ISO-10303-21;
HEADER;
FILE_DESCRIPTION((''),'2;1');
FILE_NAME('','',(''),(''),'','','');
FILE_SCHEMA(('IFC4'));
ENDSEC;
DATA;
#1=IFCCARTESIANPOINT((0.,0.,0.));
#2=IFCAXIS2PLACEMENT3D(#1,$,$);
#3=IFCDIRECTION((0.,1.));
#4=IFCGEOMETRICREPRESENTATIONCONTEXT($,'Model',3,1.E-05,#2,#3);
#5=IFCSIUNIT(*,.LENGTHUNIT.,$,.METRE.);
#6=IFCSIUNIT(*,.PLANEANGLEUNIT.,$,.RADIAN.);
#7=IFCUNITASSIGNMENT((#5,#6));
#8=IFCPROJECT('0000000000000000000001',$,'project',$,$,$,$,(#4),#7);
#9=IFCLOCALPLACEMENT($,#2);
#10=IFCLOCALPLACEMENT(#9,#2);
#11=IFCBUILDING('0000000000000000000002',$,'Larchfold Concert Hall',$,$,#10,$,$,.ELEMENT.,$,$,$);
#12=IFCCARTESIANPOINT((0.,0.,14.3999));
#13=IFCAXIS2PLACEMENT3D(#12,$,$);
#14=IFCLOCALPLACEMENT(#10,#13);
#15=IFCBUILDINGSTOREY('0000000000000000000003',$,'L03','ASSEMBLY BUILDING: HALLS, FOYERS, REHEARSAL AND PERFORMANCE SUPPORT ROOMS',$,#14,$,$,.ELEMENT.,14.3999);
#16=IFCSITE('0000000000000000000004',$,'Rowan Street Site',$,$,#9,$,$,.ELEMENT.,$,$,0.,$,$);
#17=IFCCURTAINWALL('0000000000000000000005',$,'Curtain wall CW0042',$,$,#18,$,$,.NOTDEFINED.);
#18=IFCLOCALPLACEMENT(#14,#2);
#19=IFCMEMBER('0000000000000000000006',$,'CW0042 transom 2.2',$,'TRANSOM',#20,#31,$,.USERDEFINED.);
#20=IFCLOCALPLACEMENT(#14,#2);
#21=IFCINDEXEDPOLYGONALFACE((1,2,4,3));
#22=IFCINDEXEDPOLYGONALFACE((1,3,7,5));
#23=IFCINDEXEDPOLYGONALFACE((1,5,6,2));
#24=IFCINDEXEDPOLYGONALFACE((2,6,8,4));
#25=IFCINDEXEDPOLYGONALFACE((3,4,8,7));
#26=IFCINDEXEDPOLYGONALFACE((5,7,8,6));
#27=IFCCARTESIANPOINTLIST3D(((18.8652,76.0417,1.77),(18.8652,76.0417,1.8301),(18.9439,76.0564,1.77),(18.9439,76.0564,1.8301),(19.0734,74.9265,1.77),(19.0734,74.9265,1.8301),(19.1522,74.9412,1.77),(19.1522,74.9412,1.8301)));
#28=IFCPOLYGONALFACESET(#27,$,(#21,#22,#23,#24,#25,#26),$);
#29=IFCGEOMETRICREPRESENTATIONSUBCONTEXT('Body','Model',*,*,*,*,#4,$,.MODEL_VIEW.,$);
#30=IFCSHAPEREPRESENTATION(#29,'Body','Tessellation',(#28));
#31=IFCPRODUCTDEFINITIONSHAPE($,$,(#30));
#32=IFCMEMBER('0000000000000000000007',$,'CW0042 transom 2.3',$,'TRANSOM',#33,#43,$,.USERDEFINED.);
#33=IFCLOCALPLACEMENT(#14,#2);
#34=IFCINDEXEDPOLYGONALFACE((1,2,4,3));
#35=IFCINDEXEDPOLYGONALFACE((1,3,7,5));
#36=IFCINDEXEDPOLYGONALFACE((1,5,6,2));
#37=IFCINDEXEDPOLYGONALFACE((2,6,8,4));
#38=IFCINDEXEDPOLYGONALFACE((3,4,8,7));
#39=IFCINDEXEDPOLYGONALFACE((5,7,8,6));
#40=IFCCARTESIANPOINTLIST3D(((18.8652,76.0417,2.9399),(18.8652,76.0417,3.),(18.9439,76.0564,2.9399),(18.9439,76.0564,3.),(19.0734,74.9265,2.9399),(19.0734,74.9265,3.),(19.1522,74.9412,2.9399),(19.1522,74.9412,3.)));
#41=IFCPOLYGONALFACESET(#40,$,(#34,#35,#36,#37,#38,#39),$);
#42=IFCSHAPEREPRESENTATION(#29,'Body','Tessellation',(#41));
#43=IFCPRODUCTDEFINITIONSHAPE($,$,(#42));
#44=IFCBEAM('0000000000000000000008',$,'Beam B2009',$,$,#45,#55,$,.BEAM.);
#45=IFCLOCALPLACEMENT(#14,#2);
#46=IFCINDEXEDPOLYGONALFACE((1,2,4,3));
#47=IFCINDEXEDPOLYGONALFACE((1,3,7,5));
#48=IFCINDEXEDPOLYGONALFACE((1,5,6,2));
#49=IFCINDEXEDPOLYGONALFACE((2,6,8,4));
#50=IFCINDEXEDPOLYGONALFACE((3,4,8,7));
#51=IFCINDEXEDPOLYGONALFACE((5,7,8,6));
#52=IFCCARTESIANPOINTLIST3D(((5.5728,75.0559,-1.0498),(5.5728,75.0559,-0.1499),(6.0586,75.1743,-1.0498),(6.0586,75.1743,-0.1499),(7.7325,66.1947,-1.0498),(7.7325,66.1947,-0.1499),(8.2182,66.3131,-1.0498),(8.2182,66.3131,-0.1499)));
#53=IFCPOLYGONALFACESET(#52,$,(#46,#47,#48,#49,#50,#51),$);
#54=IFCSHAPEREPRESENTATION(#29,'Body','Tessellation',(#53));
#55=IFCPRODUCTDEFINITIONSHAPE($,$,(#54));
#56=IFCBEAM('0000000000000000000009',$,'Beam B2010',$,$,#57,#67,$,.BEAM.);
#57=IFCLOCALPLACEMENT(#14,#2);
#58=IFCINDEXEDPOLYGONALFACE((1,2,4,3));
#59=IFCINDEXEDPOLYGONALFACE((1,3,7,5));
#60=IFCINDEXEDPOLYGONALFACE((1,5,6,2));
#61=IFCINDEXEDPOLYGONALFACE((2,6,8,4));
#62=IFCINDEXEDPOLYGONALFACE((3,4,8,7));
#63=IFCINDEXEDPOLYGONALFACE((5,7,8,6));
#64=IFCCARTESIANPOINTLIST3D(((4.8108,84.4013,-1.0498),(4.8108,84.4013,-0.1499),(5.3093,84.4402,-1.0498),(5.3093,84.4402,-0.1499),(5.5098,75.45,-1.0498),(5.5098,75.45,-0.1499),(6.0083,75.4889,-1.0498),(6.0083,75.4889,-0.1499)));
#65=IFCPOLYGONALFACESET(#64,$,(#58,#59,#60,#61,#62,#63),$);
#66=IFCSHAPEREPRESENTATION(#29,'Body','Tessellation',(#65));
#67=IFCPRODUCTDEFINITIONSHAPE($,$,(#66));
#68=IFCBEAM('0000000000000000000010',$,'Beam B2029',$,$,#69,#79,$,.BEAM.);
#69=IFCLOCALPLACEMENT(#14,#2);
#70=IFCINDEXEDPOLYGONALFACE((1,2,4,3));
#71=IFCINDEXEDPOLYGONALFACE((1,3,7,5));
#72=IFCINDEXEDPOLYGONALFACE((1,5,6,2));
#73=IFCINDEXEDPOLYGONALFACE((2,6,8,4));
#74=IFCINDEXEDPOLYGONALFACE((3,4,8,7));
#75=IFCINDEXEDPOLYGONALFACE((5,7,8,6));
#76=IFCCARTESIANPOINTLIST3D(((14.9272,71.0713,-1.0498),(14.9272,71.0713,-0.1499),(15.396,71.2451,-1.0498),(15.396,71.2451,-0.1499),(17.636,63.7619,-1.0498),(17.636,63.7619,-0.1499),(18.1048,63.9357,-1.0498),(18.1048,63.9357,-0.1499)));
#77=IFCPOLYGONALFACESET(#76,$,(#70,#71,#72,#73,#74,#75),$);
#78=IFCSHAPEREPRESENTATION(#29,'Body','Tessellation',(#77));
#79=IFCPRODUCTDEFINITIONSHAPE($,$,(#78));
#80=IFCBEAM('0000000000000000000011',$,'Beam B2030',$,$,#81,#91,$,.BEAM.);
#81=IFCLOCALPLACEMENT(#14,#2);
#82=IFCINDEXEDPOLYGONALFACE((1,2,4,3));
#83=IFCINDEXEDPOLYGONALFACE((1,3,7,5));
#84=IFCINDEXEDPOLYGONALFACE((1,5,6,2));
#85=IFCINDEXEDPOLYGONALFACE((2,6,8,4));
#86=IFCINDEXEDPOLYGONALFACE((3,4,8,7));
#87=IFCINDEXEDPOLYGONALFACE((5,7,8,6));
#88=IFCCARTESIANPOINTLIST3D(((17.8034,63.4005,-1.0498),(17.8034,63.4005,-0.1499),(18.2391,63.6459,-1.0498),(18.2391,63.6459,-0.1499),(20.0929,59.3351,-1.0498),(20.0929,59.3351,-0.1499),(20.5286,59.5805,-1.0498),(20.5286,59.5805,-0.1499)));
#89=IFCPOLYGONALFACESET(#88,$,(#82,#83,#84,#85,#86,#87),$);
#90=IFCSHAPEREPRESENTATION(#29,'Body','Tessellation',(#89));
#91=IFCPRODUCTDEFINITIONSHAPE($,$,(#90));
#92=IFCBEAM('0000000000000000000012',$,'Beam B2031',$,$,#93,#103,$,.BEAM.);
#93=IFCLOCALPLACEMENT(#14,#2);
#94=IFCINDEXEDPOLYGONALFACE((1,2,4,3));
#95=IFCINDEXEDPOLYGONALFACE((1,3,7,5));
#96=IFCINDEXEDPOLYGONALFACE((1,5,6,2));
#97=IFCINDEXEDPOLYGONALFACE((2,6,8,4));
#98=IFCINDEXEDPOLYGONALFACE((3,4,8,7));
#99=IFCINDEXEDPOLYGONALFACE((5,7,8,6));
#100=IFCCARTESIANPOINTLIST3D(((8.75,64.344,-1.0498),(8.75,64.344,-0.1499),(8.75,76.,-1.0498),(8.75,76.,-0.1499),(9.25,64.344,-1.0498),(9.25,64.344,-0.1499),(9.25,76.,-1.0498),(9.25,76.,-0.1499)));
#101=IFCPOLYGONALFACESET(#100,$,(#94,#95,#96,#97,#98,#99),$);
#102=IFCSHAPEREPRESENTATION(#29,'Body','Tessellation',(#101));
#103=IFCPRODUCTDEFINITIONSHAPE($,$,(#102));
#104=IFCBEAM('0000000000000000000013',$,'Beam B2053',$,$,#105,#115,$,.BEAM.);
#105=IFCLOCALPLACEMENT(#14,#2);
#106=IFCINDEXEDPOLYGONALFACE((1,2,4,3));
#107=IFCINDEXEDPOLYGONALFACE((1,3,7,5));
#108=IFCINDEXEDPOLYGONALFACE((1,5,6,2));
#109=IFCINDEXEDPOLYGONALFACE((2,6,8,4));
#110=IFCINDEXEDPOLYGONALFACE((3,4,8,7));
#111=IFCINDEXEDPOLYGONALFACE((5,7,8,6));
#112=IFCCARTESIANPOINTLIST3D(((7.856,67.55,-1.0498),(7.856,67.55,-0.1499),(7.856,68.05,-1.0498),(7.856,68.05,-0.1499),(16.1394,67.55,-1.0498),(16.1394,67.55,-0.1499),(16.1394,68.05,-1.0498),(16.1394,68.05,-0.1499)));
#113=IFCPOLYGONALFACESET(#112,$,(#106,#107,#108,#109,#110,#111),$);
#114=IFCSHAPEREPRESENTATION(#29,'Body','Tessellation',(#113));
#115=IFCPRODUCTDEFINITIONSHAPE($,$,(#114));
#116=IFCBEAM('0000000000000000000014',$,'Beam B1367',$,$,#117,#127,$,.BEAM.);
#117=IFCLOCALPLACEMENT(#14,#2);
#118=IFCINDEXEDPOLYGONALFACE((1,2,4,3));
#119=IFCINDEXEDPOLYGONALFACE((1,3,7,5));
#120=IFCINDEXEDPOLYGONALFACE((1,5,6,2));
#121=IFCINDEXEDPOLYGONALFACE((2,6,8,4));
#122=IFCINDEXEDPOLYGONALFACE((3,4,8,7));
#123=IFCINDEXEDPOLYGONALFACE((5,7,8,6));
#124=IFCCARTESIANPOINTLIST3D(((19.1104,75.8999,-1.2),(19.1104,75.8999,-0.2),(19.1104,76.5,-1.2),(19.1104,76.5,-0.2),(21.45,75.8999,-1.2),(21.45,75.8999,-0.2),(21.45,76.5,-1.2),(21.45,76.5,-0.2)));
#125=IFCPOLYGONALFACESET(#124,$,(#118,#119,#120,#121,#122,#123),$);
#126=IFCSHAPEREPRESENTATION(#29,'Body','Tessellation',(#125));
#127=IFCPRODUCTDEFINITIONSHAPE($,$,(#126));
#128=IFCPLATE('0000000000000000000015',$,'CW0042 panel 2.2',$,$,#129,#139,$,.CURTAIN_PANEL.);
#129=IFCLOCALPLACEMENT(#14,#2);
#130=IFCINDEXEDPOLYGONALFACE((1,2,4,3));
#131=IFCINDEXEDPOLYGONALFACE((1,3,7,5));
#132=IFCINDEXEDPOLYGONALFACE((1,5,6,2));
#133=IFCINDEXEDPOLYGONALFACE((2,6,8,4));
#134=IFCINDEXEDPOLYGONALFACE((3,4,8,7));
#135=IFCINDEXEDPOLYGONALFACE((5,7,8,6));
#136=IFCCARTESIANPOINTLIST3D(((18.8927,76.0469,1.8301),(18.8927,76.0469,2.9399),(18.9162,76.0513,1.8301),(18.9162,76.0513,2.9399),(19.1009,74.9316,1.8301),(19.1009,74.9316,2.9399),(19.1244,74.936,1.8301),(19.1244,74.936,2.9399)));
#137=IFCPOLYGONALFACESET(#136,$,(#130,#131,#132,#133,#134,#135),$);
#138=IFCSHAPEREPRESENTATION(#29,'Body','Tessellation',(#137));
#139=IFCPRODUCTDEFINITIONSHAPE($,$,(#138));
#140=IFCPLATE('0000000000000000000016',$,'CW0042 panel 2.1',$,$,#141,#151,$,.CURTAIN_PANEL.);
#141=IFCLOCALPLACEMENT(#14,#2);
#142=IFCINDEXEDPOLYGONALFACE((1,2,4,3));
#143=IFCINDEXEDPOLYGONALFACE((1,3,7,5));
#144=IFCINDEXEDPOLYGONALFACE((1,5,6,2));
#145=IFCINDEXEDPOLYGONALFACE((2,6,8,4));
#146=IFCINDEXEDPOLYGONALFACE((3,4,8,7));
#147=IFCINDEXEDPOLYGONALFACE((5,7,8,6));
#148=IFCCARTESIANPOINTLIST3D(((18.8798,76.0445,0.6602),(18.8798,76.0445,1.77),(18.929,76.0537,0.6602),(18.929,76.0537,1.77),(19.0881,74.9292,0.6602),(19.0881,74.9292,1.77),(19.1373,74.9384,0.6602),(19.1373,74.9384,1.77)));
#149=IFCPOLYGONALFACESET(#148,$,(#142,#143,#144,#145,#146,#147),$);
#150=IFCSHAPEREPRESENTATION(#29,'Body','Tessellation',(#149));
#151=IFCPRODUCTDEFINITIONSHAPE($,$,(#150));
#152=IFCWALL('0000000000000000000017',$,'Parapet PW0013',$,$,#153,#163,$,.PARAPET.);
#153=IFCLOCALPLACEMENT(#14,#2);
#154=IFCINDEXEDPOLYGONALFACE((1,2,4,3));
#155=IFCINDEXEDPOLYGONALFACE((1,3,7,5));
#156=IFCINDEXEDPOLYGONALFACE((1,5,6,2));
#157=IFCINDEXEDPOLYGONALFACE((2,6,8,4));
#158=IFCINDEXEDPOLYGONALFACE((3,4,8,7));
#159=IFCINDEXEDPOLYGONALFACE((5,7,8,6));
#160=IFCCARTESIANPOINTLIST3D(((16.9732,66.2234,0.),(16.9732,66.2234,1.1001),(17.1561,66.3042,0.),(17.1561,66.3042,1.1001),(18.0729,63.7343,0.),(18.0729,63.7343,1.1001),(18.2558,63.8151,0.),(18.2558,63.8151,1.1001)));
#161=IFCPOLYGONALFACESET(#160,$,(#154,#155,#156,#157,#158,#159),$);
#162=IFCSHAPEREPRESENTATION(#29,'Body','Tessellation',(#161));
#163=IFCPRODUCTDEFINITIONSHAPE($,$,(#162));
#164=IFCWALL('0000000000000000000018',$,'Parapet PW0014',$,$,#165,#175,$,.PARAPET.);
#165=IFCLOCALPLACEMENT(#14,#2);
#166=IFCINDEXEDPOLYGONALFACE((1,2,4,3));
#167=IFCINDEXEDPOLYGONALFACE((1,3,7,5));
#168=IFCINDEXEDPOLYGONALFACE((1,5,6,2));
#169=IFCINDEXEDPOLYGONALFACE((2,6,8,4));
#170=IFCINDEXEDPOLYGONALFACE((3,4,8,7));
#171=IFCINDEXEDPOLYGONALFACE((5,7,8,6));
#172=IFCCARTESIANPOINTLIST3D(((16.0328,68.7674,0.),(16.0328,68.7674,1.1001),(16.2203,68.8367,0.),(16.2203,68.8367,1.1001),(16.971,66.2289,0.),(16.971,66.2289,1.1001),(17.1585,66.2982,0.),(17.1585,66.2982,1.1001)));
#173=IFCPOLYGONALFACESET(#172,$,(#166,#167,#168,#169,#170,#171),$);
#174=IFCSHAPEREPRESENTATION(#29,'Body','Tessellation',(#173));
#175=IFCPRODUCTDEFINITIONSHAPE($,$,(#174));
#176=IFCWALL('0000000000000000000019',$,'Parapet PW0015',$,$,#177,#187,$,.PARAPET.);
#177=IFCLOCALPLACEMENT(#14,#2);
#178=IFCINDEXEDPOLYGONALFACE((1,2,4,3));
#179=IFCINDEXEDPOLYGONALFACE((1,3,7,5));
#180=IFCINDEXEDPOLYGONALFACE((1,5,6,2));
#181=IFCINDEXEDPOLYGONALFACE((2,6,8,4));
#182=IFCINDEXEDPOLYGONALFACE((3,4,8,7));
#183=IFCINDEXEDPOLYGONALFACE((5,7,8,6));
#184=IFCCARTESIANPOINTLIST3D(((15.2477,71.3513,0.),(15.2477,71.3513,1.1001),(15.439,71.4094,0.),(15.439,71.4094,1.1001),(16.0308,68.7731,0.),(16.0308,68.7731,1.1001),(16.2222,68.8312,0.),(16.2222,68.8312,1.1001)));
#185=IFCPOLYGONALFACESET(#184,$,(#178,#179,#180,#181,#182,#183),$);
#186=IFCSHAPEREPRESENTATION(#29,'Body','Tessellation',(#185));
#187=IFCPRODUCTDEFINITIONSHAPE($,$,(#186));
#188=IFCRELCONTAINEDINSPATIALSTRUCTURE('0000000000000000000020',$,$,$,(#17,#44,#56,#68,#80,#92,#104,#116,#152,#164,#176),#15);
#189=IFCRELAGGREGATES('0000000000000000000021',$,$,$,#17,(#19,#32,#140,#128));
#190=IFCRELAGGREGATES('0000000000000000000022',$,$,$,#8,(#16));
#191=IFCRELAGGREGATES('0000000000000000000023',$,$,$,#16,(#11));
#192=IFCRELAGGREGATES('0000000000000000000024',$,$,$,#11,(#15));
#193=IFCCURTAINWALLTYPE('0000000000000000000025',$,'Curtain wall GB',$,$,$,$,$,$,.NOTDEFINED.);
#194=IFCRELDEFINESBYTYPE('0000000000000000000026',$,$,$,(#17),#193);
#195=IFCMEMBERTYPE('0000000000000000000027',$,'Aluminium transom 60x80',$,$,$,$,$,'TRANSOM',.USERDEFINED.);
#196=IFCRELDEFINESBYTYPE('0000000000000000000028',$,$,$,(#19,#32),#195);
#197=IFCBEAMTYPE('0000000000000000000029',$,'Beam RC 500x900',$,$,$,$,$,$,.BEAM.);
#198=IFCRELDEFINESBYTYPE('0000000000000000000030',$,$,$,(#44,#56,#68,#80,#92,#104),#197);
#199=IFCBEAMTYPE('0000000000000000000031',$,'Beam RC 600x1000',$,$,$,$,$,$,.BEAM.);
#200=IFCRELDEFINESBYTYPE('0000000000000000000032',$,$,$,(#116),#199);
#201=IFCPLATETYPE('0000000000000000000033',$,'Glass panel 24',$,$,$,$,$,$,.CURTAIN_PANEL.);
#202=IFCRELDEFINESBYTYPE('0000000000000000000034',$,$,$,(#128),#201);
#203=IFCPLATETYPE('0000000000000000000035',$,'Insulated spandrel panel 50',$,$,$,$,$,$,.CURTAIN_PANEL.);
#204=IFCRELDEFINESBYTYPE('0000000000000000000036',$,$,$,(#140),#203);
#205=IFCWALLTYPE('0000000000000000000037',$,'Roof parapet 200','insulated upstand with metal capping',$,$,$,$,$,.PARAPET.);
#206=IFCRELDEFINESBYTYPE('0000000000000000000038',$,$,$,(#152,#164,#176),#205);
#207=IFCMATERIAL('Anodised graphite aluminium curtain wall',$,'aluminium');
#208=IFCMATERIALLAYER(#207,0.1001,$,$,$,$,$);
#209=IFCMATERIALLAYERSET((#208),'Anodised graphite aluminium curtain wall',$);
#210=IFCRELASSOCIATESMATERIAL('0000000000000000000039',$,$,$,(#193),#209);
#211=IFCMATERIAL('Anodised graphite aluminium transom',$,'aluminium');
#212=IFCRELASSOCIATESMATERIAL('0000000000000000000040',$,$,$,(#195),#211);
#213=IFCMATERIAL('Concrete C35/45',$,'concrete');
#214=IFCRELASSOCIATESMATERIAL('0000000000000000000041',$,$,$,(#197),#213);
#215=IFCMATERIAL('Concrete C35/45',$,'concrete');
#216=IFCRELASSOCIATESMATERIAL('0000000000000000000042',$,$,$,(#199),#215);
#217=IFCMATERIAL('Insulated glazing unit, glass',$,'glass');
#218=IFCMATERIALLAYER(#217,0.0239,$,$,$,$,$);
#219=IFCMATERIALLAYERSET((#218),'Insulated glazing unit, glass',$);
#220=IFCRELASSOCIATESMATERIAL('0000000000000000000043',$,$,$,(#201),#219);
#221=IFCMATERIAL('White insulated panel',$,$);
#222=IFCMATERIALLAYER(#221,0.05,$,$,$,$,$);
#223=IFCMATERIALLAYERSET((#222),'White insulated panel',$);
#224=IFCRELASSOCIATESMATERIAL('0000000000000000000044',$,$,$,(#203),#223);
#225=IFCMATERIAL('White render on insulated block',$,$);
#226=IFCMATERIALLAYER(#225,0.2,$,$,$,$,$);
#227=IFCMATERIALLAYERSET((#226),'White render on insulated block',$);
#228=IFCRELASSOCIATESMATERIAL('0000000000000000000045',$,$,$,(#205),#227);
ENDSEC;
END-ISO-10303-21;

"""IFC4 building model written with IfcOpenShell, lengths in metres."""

from ifc_helpers import new_model, si_unit, direction, frame, frame_2d, origin, origin_2d, place, context, subcontext, project, spatial, rectangle, extrude, material, layer, layer_set, material_profile, profile_set, type_object, element, aggregate, save


model = new_model("IFC4")

# Units and contexts
model_context = context("Model", 3, precision=1e-05, world=origin(), true_north=direction((0.0, 1.0)))
body_context = subcontext(model_context, "Body", "Model", "MODEL_VIEW")
ifc_project = project(units=[si_unit("LENGTHUNIT", "METRE"), si_unit("PLANEANGLEUNIT", "RADIAN")], contexts=[model_context])

# Site, building, storey
site_placement = place(None, origin())
site = spatial("IfcSite", under=ifc_project, at=site_placement, Name="Rowan Street Site", CompositionType="ELEMENT", RefElevation=0.0)
building_placement = place(site_placement, origin())
building = spatial("IfcBuilding", under=site, at=building_placement, Name="Larchfold Concert Hall", CompositionType="ELEMENT")
storey_placement = place(building_placement, frame((0.0, 0.0, 14.3999)))
storey = spatial("IfcBuildingStorey", under=building, at=storey_placement, Name="L03", Description="ASSEMBLY BUILDING: HALLS, FOYERS, REHEARSAL AND PERFORMANCE SUPPORT ROOMS", CompositionType="ELEMENT", Elevation=14.3999)

# Curtain wall
ifc_material_1 = material(Name="Anodised graphite aluminium curtain wall", Category="aluminium")
ifc_layer_1 = layer(ifc_material_1, 0.1001)
ifc_layer_set_1 = layer_set([ifc_layer_1], Name="Anodised graphite aluminium curtain wall")
curtain_wall_type = type_object("IfcCurtainWallType", Name="Curtain wall GB", PredefinedType="NOTDEFINED", material=ifc_layer_set_1)
curtain_wall_1_placement = place(storey_placement, origin())
curtain_wall_1 = element("IfcCurtainWall", 1, at=curtain_wall_1_placement, inside=storey, type_object=curtain_wall_type, Name="Curtain wall CW0042", PredefinedType="NOTDEFINED")

# Members
ifc_material_2 = material(Name="Anodised graphite aluminium transom", Category="aluminium")
ifc_material_profile_1 = material_profile(ifc_material_2, rectangle(XDim=0.0801, YDim=0.0601, at=origin_2d()))
ifc_profile_set_1 = profile_set([ifc_material_profile_1], Name="Anodised graphite aluminium transom")
member_type_1 = type_object("IfcMemberType", Name="Aluminium transom 60x80", ElementType="TRANSOM", PredefinedType="USERDEFINED", material=ifc_profile_set_1)
member_1_placement = place(storey_placement, frame((18.9045, 76.0491, 1.8), z_axis=(0.183561, -0.983008, 0.0), x_axis=(0.983008, 0.183561, 0.0)))
member_1 = element("IfcMember", 2, at=member_1_placement, type_object=member_type_1, Name="CW0042 transom 2.2", ObjectType="TRANSOM", PredefinedType="USERDEFINED", context=body_context, shape_type="SweptSolid", body=[
    extrude(rectangle(XDim=0.0801, YDim=0.0601, at=origin_2d()), origin(), (0.0, 0.0, 1.0), 1.1345),
])
member_2_placement = place(storey_placement, frame((18.9045, 76.0491, 2.97), z_axis=(0.183561, -0.983008, 0.0), x_axis=(0.983008, 0.183561, 0.0)))
member_2 = element("IfcMember", 3, at=member_2_placement, type_object=member_type_1, Name="CW0042 transom 2.3", ObjectType="TRANSOM", PredefinedType="USERDEFINED", context=body_context, shape_type="SweptSolid", body=[
    extrude(rectangle(XDim=0.0801, YDim=0.0601, at=origin_2d()), origin(), (0.0, 0.0, 1.0), 1.1345),
])

# Beams
ifc_material_3 = material(Name="Concrete C35/45", Category="concrete")
ifc_material_profile_2 = material_profile(ifc_material_3, rectangle(XDim=0.5, YDim=0.8999, at=origin_2d()))
ifc_profile_set_2 = profile_set([ifc_material_profile_2], Name="Concrete C35/45")
beam_type_1 = type_object("IfcBeamType", Name="Beam RC 500x900", PredefinedType="BEAM", material=ifc_profile_set_2)
beam_1_placement = place(storey_placement, frame((7.9753, 66.2539, -0.5999), z_axis=(-0.236787, 0.971562, 0.0), x_axis=(-0.971562, -0.236787, 0.0)))
element("IfcBeam", 4, at=beam_1_placement, inside=storey, type_object=beam_type_1, Name="Beam B2009", PredefinedType="BEAM", context=body_context, shape_type="SweptSolid", body=[
    extrude(rectangle(XDim=0.5, YDim=0.8999, at=origin_2d()), origin(), (0.0, 0.0, 1.0), 9.1206),
])
beam_2_placement = place(storey_placement, frame((5.759, 75.4695, -0.5999), z_axis=(-0.077851, 0.996965, 0.0), x_axis=(-0.996965, -0.077851, 0.0)))
element("IfcBeam", 5, at=beam_2_placement, inside=storey, type_object=beam_type_1, Name="Beam B2010", PredefinedType="BEAM", context=body_context, shape_type="SweptSolid", body=[
    extrude(rectangle(XDim=0.5, YDim=0.8999, at=origin_2d()), origin(), (0.0, 0.0, 1.0), 8.9785),
])
beam_3_placement = place(storey_placement, frame((15.1616, 71.1582, -0.5999), z_axis=(0.347493, -0.937683, 0.0), x_axis=(0.937683, 0.347493, 0.0)))
element("IfcBeam", 6, at=beam_3_placement, inside=storey, type_object=beam_type_1, Name="Beam B2029", PredefinedType="BEAM", context=body_context, shape_type="SweptSolid", body=[
    extrude(rectangle(XDim=0.5, YDim=0.8999, at=origin_2d()), origin(), (0.0, 0.0, 1.0), 7.7952),
])
beam_4_placement = place(storey_placement, frame((18.0212, 63.5232, -0.5999), z_axis=(0.490708, -0.871324, 0.0), x_axis=(0.871324, 0.490708, 0.0)))
element("IfcBeam", 7, at=beam_4_placement, inside=storey, type_object=beam_type_1, Name="Beam B2030", PredefinedType="BEAM", context=body_context, shape_type="SweptSolid", body=[
    extrude(rectangle(XDim=0.5, YDim=0.8999, at=origin_2d()), origin(), (0.0, 0.0, 1.0), 4.6658),
])
beam_5_placement = place(storey_placement, frame((9.0, 64.344, -0.5999), z_axis=(0.0, 1.0, 0.0), x_axis=(-1.0, 0.0, 0.0)))
element("IfcBeam", 8, at=beam_5_placement, inside=storey, type_object=beam_type_1, Name="Beam B2031", PredefinedType="BEAM", context=body_context, shape_type="SweptSolid", body=[
    extrude(rectangle(XDim=0.5, YDim=0.8999, at=origin_2d()), origin(), (0.0, 0.0, 1.0), 11.656),
])
beam_6_placement = place(storey_placement, frame((7.856, 67.8, -0.5999), z_axis=(1.0, 0.0, 0.0), x_axis=(0.0, 1.0, 0.0)))
element("IfcBeam", 9, at=beam_6_placement, inside=storey, type_object=beam_type_1, Name="Beam B2053", PredefinedType="BEAM", context=body_context, shape_type="SweptSolid", body=[
    extrude(rectangle(XDim=0.5, YDim=0.8999, at=origin_2d()), origin(), (0.0, 0.0, 1.0), 8.2834),
])
ifc_material_4 = material(Name="Concrete C35/45", Category="concrete")
ifc_material_profile_3 = material_profile(ifc_material_4, rectangle(XDim=0.6001, YDim=1.0, at=origin_2d()))
ifc_profile_set_3 = profile_set([ifc_material_profile_3], Name="Concrete C35/45")
beam_type_2 = type_object("IfcBeamType", Name="Beam RC 600x1000", PredefinedType="BEAM", material=ifc_profile_set_3)
beam_7_placement = place(storey_placement, frame((19.1104, 76.2, -0.7), z_axis=(1.0, 0.0, 0.0), x_axis=(0.0, 1.0, 0.0)))
element("IfcBeam", 10, at=beam_7_placement, inside=storey, type_object=beam_type_2, Name="Beam B1367", PredefinedType="BEAM", context=body_context, shape_type="SweptSolid", body=[
    extrude(rectangle(XDim=0.6001, YDim=1.0, at=origin_2d()), origin(), (0.0, 0.0, 1.0), 2.3396),
])

# Plates
ifc_material_5 = material(Name="Insulated glazing unit, glass", Category="glass")
ifc_layer_2 = layer(ifc_material_5, 0.0239)
ifc_layer_set_2 = layer_set([ifc_layer_2], Name="Insulated glazing unit, glass")
plate_type_1 = type_object("IfcPlateType", Name="Glass panel 24", PredefinedType="CURTAIN_PANEL", material=ifc_layer_set_2)
plate_1_placement = place(storey_placement, frame((19.0085, 75.4915, 1.8301), z_axis=(0.0, 0.0, 1.0), x_axis=(0.183524, -0.983015, 0.0)))
plate_1 = element("IfcPlate", 11, at=plate_1_placement, type_object=plate_type_1, Name="CW0042 panel 2.2", PredefinedType="CURTAIN_PANEL", context=body_context, shape_type="SweptSolid", body=[
    extrude(rectangle(XDim=1.1345, YDim=0.0239, at=origin_2d()), origin(), (0.0, 0.0, 1.0), 1.1099),
])
ifc_material_6 = material(Name="White insulated panel")
ifc_layer_3 = layer(ifc_material_6, 0.05)
ifc_layer_set_3 = layer_set([ifc_layer_3], Name="White insulated panel")
plate_type_2 = type_object("IfcPlateType", Name="Insulated spandrel panel 50", PredefinedType="CURTAIN_PANEL", material=ifc_layer_set_3)
plate_2_placement = place(storey_placement, frame((19.0085, 75.4915, 0.6602), z_axis=(0.0, 0.0, 1.0), x_axis=(0.183524, -0.983015, 0.0)))
plate_2 = element("IfcPlate", 12, at=plate_2_placement, type_object=plate_type_2, Name="CW0042 panel 2.1", PredefinedType="CURTAIN_PANEL", context=body_context, shape_type="SweptSolid", body=[
    extrude(rectangle(XDim=1.1345, YDim=0.05, at=origin_2d()), origin(), (0.0, 0.0, 1.0), 1.1099),
])
aggregate(curtain_wall_1, [member_1, member_2, plate_2, plate_1])

# Walls
ifc_material_7 = material(Name="White render on insulated block")
ifc_layer_4 = layer(ifc_material_7, 0.2)
ifc_layer_set_4 = layer_set([ifc_layer_4], Name="White render on insulated block")
wall_type_1 = type_object("IfcWallType", Name="Roof parapet 200", Description="insulated upstand with metal capping", PredefinedType="PARAPET", material=ifc_layer_set_4)
wall_1_placement = place(storey_placement, frame((18.1643, 63.7747, 0.0), z_axis=(0.0, 0.0, 1.0), x_axis=(-0.404106, 0.914712, 0.0)))
element("IfcWall", 13, at=wall_1_placement, inside=storey, type_object=wall_type_1, Name="Parapet PW0013", PredefinedType="PARAPET", context=body_context, shape_type="SweptSolid", body=[
    extrude(rectangle(XDim=2.7212, YDim=0.2, at=frame_2d((1.3606, 0.0))), origin(), (0.0, 0.0, 1.0), 1.1001),
])
wall_2_placement = place(storey_placement, frame((17.0647, 66.2637, 0.0), z_axis=(0.0, 0.0, 1.0), x_axis=(-0.346671, 0.937987, 0.0)))
element("IfcWall", 14, at=wall_2_placement, inside=storey, type_object=wall_type_1, Name="Parapet PW0014", PredefinedType="PARAPET", context=body_context, shape_type="SweptSolid", body=[
    extrude(rectangle(XDim=2.7063, YDim=0.2, at=frame_2d((1.353, 0.0))), origin(), (0.0, 0.0, 1.0), 1.1001),
])
wall_3_placement = place(storey_placement, frame((16.1265, 68.8022, 0.0), z_axis=(0.0, 0.0, 1.0), x_axis=(-0.290646, 0.956831, 0.0)))
element("IfcWall", 15, at=wall_3_placement, inside=storey, type_object=wall_type_1, Name="Parapet PW0015", PredefinedType="PARAPET", context=body_context, shape_type="SweptSolid", body=[
    extrude(rectangle(XDim=2.6946, YDim=0.2, at=frame_2d((1.3472, 0.0))), origin(), (0.0, 0.0, 1.0), 1.1001),
])

save(model, "model.ifc")
